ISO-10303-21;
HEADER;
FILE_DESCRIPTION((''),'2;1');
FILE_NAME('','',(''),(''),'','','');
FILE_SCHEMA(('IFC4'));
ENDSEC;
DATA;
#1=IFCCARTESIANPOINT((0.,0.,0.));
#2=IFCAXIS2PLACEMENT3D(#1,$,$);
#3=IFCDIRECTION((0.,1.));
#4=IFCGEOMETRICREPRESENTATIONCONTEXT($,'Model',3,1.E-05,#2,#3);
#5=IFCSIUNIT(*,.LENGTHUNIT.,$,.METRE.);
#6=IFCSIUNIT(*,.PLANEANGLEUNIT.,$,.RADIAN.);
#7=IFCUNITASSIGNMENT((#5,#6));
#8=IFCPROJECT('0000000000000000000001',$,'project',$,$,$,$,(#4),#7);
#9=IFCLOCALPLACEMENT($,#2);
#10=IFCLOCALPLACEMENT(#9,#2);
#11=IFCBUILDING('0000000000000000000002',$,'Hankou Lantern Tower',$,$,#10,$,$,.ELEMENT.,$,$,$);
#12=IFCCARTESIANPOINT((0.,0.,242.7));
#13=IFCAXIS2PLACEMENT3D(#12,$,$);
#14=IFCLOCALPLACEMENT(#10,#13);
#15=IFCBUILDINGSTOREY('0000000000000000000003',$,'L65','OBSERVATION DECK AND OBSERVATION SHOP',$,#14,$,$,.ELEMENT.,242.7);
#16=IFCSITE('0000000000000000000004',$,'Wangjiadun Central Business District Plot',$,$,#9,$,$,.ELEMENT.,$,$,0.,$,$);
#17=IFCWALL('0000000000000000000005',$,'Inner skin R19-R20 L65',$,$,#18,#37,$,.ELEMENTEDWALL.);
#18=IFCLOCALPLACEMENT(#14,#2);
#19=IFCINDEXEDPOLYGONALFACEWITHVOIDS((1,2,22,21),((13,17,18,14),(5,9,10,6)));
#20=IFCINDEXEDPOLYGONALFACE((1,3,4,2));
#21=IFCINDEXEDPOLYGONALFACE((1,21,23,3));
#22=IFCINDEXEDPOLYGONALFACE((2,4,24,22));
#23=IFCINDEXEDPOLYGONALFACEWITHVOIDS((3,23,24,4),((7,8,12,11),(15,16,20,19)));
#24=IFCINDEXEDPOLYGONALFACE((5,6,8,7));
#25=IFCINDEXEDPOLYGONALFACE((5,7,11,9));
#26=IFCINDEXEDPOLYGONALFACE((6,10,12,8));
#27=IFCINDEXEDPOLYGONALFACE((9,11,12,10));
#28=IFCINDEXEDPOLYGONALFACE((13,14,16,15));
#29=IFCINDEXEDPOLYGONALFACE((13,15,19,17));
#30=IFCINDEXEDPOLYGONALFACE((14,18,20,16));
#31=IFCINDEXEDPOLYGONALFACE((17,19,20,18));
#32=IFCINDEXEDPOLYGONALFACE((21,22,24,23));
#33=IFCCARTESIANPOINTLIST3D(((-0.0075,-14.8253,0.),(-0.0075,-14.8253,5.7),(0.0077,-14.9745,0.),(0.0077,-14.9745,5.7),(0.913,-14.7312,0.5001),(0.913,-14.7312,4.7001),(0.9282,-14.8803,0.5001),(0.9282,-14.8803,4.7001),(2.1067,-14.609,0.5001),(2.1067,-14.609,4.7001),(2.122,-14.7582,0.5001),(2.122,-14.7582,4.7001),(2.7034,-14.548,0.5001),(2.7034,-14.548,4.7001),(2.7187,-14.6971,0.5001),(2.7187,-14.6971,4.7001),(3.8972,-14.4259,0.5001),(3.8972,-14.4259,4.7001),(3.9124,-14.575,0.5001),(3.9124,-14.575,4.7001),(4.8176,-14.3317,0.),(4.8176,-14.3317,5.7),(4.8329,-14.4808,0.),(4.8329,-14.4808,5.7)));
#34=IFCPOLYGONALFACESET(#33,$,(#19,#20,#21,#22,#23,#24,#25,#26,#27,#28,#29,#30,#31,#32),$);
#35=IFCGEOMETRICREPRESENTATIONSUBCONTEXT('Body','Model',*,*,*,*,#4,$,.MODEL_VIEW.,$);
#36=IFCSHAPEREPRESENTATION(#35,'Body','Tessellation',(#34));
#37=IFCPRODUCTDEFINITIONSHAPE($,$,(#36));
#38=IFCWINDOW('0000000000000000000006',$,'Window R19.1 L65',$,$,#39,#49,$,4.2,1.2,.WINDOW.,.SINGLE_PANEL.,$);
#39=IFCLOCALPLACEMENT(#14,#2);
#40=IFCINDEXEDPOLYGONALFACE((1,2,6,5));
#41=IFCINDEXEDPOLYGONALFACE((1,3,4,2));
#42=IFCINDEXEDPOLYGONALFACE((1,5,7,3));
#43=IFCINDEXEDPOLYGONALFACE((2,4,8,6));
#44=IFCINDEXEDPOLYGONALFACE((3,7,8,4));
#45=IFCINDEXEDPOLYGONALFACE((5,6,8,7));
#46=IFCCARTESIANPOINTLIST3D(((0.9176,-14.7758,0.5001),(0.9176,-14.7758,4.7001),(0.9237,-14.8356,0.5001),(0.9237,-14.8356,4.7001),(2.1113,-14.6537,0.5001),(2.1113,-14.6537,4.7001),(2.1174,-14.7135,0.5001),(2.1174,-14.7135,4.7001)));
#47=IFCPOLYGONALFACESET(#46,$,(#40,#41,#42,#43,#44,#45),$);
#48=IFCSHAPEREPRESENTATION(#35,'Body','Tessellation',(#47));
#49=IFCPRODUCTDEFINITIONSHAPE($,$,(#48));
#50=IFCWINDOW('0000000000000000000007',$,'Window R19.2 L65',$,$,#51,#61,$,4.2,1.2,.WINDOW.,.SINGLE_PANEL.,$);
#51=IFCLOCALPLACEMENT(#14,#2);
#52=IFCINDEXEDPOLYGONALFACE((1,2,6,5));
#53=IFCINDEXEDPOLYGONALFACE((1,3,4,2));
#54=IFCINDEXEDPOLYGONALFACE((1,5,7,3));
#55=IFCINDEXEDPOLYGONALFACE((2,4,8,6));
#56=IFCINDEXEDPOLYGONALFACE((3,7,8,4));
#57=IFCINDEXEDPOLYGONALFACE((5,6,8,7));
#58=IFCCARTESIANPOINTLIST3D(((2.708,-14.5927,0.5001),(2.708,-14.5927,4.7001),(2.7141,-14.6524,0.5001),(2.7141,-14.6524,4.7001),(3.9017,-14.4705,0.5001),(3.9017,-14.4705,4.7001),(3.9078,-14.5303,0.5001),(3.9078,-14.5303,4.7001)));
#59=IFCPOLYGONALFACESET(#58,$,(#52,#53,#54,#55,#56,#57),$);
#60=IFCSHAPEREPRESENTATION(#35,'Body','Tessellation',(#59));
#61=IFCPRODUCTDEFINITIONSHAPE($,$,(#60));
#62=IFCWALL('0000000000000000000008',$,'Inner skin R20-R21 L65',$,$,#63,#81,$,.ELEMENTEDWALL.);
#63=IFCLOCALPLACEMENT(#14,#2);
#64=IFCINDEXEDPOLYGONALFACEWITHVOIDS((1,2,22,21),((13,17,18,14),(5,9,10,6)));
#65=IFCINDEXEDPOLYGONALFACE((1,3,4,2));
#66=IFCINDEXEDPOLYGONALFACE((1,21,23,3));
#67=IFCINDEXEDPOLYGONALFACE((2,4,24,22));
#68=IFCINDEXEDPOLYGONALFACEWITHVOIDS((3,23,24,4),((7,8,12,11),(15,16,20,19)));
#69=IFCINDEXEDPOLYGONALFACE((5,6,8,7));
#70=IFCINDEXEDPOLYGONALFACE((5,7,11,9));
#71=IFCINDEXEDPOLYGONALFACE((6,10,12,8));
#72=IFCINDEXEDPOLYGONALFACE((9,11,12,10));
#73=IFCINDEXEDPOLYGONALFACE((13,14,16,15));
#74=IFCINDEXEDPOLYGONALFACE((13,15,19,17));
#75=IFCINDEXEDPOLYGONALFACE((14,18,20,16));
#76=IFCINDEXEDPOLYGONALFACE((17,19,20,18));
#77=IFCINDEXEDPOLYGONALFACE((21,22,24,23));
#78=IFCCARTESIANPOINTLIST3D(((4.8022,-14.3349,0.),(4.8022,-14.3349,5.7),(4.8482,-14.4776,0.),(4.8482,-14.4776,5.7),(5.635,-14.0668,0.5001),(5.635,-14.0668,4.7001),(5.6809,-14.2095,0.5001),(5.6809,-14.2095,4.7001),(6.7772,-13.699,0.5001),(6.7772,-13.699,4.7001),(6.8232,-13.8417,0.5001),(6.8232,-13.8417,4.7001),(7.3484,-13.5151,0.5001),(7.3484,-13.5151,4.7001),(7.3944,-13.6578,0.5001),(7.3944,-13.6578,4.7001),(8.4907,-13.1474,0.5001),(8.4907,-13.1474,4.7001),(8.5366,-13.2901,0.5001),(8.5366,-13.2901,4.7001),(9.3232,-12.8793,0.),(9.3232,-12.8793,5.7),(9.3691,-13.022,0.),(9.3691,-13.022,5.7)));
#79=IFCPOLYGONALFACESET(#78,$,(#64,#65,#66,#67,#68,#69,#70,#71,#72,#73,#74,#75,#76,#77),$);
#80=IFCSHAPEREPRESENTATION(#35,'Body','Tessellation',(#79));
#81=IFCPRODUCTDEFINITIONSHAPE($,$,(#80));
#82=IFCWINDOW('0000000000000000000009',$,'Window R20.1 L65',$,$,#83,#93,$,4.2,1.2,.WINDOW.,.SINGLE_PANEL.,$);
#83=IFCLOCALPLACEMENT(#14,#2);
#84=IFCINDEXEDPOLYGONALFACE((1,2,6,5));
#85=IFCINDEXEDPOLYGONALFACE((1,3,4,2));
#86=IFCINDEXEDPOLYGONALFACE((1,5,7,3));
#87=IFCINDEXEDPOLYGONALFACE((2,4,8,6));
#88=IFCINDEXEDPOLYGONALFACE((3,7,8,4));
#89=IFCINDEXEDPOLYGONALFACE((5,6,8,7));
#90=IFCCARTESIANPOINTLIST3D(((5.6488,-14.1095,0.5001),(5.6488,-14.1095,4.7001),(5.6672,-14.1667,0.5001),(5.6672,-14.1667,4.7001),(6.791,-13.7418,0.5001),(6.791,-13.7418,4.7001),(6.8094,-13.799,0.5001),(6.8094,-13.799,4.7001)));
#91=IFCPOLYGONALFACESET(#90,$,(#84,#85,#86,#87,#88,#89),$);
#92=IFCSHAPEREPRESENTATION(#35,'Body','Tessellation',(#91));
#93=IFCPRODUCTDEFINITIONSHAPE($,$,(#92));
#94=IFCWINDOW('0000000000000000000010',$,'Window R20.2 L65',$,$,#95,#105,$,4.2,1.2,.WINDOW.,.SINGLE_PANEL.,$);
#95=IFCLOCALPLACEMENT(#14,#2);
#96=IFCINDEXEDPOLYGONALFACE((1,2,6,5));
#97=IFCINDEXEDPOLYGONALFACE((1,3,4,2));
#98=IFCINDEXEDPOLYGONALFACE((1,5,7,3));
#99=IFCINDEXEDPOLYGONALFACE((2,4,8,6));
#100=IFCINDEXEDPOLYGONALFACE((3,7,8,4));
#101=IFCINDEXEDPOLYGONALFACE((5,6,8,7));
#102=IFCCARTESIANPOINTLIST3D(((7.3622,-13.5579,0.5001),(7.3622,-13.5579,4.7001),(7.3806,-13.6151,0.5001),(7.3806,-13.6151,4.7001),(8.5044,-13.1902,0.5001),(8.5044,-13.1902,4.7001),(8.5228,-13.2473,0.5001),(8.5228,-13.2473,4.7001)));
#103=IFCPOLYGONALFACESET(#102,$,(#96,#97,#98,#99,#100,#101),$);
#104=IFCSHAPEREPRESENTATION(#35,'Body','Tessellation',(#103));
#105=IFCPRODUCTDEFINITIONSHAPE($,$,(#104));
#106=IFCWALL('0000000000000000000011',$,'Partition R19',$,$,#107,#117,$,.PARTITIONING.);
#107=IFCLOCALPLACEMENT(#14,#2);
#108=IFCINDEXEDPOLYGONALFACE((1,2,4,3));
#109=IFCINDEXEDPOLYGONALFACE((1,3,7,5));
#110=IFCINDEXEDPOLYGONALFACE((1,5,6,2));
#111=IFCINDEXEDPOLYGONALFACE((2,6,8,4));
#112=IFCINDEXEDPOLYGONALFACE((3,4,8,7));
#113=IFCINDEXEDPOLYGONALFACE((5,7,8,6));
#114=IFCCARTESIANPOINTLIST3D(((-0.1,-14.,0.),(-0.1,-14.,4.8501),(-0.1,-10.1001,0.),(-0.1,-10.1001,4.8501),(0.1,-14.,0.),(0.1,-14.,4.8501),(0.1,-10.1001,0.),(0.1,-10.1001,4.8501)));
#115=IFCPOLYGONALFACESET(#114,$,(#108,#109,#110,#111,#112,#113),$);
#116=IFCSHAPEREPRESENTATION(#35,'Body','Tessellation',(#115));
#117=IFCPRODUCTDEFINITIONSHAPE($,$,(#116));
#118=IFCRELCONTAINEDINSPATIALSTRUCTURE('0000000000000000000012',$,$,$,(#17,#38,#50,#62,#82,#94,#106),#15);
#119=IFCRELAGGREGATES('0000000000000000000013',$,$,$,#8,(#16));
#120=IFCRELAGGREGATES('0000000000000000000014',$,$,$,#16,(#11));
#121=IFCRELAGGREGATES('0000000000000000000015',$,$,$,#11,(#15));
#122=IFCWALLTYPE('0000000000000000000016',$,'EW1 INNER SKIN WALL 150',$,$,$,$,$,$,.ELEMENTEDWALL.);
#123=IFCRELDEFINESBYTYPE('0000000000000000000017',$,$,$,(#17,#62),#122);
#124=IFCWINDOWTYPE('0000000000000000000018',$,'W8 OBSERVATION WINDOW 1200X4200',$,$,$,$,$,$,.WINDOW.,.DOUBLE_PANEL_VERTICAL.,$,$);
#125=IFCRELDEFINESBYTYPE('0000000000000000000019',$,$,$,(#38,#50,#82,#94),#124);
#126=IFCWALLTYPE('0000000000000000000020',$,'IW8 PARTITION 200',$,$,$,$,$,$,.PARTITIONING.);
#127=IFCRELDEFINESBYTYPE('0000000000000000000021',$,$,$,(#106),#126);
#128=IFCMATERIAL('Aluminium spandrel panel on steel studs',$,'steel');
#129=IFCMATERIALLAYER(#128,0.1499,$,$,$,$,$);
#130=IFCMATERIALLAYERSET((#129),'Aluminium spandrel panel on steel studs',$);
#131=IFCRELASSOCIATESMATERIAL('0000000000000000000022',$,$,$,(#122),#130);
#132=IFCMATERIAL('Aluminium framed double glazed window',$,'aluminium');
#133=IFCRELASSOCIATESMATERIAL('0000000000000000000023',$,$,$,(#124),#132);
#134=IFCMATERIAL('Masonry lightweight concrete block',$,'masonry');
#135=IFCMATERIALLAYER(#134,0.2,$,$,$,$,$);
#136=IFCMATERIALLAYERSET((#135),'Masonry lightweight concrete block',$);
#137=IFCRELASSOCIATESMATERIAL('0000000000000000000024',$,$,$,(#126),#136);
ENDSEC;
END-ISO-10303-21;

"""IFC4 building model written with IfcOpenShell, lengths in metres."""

from ifc_helpers import new_model, si_unit, direction, frame, frame_2d, origin, place, context, subcontext, project, spatial, rectangle, extrude, material, layer, layer_set, type_object, element, fill, save


model = new_model("IFC4")

# Units and contexts
model_context = context("Model", 3, precision=1e-05, world=origin(), true_north=direction((0.0, 1.0)))
body_context = subcontext(model_context, "Body", "Model", "MODEL_VIEW")
ifc_project = project(units=[si_unit("LENGTHUNIT", "METRE"), si_unit("PLANEANGLEUNIT", "RADIAN")], contexts=[model_context])

# Site, building, storey
site_placement = place(None, origin())
site = spatial("IfcSite", under=ifc_project, at=site_placement, Name="Wangjiadun Central Business District Plot", CompositionType="ELEMENT", RefElevation=0.0)
building_placement = place(site_placement, origin())
building = spatial("IfcBuilding", under=site, at=building_placement, Name="Hankou Lantern Tower", CompositionType="ELEMENT")
storey_placement = place(building_placement, frame((0.0, 0.0, 242.7)))
storey = spatial("IfcBuildingStorey", under=building, at=storey_placement, Name="L65", Description="OBSERVATION DECK AND OBSERVATION SHOP", CompositionType="ELEMENT", Elevation=242.7)

# Walls, openings, windows
ifc_material_1 = material(Name="Aluminium spandrel panel on steel studs", Category="steel")
ifc_layer_1 = layer(ifc_material_1, 0.1499)
ifc_layer_set_1 = layer_set([ifc_layer_1], Name="Aluminium spandrel panel on steel studs")
wall_type_1 = type_object("IfcWallType", Name="EW1 INNER SKIN WALL 150", PredefinedType="ELEMENTEDWALL", material=ifc_layer_set_1)
wall_1_placement = place(storey_placement, frame((0.0, -14.8999, 0.0), z_axis=(0.0, 0.0, 1.0), x_axis=(0.994807, 0.101776, 0.0)))
wall_1 = element("IfcWall", 1, at=wall_1_placement, inside=storey, type_object=wall_type_1, Name="Inner skin R19-R20 L65", PredefinedType="ELEMENTEDWALL", context=body_context, shape_type="SweptSolid", body=[
    extrude(rectangle(XDim=4.8503, YDim=0.1499, at=frame_2d((2.4253, 0.0))), origin(), (0.0, 0.0, 1.0), 5.7),
])
opening_1_placement = place(wall_1_placement, frame((0.9253, 0.0, 0.5)))
opening_1 = element("IfcOpeningElement", 2, at=opening_1_placement, cuts=wall_1, PredefinedType="OPENING", context=body_context, shape_type="SweptSolid", body=[
    extrude(rectangle(XDim=1.2, YDim=4.2, at=frame_2d((0.6001, 2.1001))), frame((0.0, 0.085, 0.0), z_axis=(0.0, -1.0, 0.0), x_axis=(1.0, 0.0, 0.0)), (0.0, 0.0, 1.0), 0.1699),
])
opening_2_placement = place(wall_1_placement, frame((2.7251, 0.0, 0.5)))
opening_2 = element("IfcOpeningElement", 3, at=opening_2_placement, cuts=wall_1, PredefinedType="OPENING", context=body_context, shape_type="SweptSolid", body=[
    extrude(rectangle(XDim=1.2, YDim=4.2, at=frame_2d((0.6001, 2.1001))), frame((0.0, 0.085, 0.0), z_axis=(0.0, -1.0, 0.0), x_axis=(1.0, 0.0, 0.0)), (0.0, 0.0, 1.0), 0.1699),
])
ifc_material_2 = material(Name="Aluminium framed double glazed window", Category="aluminium")
window_type = type_object("IfcWindowType", Name="W8 OBSERVATION WINDOW 1200X4200", PartitioningType="DOUBLE_PANEL_VERTICAL", PredefinedType="WINDOW", material=ifc_material_2)
window_1_placement = place(opening_1_placement, origin())
window_1 = element("IfcWindow", 4, at=window_1_placement, inside=storey, type_object=window_type, Name="Window R19.1 L65", OverallHeight=4.2, OverallWidth=1.2, PartitioningType="SINGLE_PANEL", PredefinedType="WINDOW", context=body_context, shape_type="SweptSolid", body=[
    extrude(rectangle(XDim=1.2, YDim=4.2, at=frame_2d((0.6001, 2.1001))), frame((0.0, 0.03, 0.0), z_axis=(0.0, -1.0, 0.0), x_axis=(1.0, 0.0, 0.0)), (0.0, 0.0, 1.0), 0.0601),
])
fill(opening_1, window_1)
window_2_placement = place(opening_2_placement, origin())
window_2 = element("IfcWindow", 5, at=window_2_placement, inside=storey, type_object=window_type, Name="Window R19.2 L65", OverallHeight=4.2, OverallWidth=1.2, PartitioningType="SINGLE_PANEL", PredefinedType="WINDOW", context=body_context, shape_type="SweptSolid", body=[
    extrude(rectangle(XDim=1.2, YDim=4.2, at=frame_2d((0.6001, 2.1001))), frame((0.0, 0.03, 0.0), z_axis=(0.0, -1.0, 0.0), x_axis=(1.0, 0.0, 0.0)), (0.0, 0.0, 1.0), 0.0601),
])
fill(opening_2, window_2)
wall_2_placement = place(storey_placement, frame((4.8252, -14.4062, 0.0), z_axis=(0.0, 0.0, 1.0), x_axis=(0.951882, 0.306465, 0.0)))
wall_2 = element("IfcWall", 6, at=wall_2_placement, inside=storey, type_object=wall_type_1, Name="Inner skin R20-R21 L65", PredefinedType="ELEMENTEDWALL", context=body_context, shape_type="SweptSolid", body=[
    extrude(rectangle(XDim=4.7495, YDim=0.1499, at=frame_2d((2.3748, 0.0))), origin(), (0.0, 0.0, 1.0), 5.7),
])
opening_3_placement = place(wall_2_placement, frame((0.8748, 0.0, 0.5)))
opening_3 = element("IfcOpeningElement", 7, at=opening_3_placement, cuts=wall_2, PredefinedType="OPENING", context=body_context, shape_type="SweptSolid", body=[
    extrude(rectangle(XDim=1.2, YDim=4.2, at=frame_2d((0.6001, 2.1001))), frame((0.0, 0.085, 0.0), z_axis=(0.0, -1.0, 0.0), x_axis=(1.0, 0.0, 0.0)), (0.0, 0.0, 1.0), 0.1699),
])
opening_4_placement = place(wall_2_placement, frame((2.6748, 0.0, 0.5)))
opening_4 = element("IfcOpeningElement", 8, at=opening_4_placement, cuts=wall_2, PredefinedType="OPENING", context=body_context, shape_type="SweptSolid", body=[
    extrude(rectangle(XDim=1.2, YDim=4.2, at=frame_2d((0.6001, 2.1001))), frame((0.0, 0.085, 0.0), z_axis=(0.0, -1.0, 0.0), x_axis=(1.0, 0.0, 0.0)), (0.0, 0.0, 1.0), 0.1699),
])
window_3_placement = place(opening_3_placement, origin())
window_3 = element("IfcWindow", 9, at=window_3_placement, inside=storey, type_object=window_type, Name="Window R20.1 L65", OverallHeight=4.2, OverallWidth=1.2, PartitioningType="SINGLE_PANEL", PredefinedType="WINDOW", context=body_context, shape_type="SweptSolid", body=[
    extrude(rectangle(XDim=1.2, YDim=4.2, at=frame_2d((0.6001, 2.1001))), frame((0.0, 0.03, 0.0), z_axis=(0.0, -1.0, 0.0), x_axis=(1.0, 0.0, 0.0)), (0.0, 0.0, 1.0), 0.0601),
])
fill(opening_3, window_3)
window_4_placement = place(opening_4_placement, origin())
window_4 = element("IfcWindow", 10, at=window_4_placement, inside=storey, type_object=window_type, Name="Window R20.2 L65", OverallHeight=4.2, OverallWidth=1.2, PartitioningType="SINGLE_PANEL", PredefinedType="WINDOW", context=body_context, shape_type="SweptSolid", body=[
    extrude(rectangle(XDim=1.2, YDim=4.2, at=frame_2d((0.6001, 2.1001))), frame((0.0, 0.03, 0.0), z_axis=(0.0, -1.0, 0.0), x_axis=(1.0, 0.0, 0.0)), (0.0, 0.0, 1.0), 0.0601),
])
fill(opening_4, window_4)

# Wall
ifc_material_3 = material(Name="Masonry lightweight concrete block", Category="masonry")
ifc_layer_2 = layer(ifc_material_3, 0.2)
ifc_layer_set_2 = layer_set([ifc_layer_2], Name="Masonry lightweight concrete block")
wall_type_2 = type_object("IfcWallType", Name="IW8 PARTITION 200", PredefinedType="PARTITIONING", material=ifc_layer_set_2)
wall_3_placement = place(storey_placement, frame((0.0, -10.1001, 0.0), z_axis=(0.0, 0.0, 1.0), x_axis=(0.0, -1.0, 0.0)))
element("IfcWall", 11, at=wall_3_placement, inside=storey, type_object=wall_type_2, Name="Partition R19", PredefinedType="PARTITIONING", context=body_context, shape_type="SweptSolid", body=[
    extrude(rectangle(XDim=3.8999, YDim=0.2, at=frame_2d((1.95, 0.0))), origin(), (0.0, 0.0, 1.0), 4.8501),
])

save(model, "model.ifc")
